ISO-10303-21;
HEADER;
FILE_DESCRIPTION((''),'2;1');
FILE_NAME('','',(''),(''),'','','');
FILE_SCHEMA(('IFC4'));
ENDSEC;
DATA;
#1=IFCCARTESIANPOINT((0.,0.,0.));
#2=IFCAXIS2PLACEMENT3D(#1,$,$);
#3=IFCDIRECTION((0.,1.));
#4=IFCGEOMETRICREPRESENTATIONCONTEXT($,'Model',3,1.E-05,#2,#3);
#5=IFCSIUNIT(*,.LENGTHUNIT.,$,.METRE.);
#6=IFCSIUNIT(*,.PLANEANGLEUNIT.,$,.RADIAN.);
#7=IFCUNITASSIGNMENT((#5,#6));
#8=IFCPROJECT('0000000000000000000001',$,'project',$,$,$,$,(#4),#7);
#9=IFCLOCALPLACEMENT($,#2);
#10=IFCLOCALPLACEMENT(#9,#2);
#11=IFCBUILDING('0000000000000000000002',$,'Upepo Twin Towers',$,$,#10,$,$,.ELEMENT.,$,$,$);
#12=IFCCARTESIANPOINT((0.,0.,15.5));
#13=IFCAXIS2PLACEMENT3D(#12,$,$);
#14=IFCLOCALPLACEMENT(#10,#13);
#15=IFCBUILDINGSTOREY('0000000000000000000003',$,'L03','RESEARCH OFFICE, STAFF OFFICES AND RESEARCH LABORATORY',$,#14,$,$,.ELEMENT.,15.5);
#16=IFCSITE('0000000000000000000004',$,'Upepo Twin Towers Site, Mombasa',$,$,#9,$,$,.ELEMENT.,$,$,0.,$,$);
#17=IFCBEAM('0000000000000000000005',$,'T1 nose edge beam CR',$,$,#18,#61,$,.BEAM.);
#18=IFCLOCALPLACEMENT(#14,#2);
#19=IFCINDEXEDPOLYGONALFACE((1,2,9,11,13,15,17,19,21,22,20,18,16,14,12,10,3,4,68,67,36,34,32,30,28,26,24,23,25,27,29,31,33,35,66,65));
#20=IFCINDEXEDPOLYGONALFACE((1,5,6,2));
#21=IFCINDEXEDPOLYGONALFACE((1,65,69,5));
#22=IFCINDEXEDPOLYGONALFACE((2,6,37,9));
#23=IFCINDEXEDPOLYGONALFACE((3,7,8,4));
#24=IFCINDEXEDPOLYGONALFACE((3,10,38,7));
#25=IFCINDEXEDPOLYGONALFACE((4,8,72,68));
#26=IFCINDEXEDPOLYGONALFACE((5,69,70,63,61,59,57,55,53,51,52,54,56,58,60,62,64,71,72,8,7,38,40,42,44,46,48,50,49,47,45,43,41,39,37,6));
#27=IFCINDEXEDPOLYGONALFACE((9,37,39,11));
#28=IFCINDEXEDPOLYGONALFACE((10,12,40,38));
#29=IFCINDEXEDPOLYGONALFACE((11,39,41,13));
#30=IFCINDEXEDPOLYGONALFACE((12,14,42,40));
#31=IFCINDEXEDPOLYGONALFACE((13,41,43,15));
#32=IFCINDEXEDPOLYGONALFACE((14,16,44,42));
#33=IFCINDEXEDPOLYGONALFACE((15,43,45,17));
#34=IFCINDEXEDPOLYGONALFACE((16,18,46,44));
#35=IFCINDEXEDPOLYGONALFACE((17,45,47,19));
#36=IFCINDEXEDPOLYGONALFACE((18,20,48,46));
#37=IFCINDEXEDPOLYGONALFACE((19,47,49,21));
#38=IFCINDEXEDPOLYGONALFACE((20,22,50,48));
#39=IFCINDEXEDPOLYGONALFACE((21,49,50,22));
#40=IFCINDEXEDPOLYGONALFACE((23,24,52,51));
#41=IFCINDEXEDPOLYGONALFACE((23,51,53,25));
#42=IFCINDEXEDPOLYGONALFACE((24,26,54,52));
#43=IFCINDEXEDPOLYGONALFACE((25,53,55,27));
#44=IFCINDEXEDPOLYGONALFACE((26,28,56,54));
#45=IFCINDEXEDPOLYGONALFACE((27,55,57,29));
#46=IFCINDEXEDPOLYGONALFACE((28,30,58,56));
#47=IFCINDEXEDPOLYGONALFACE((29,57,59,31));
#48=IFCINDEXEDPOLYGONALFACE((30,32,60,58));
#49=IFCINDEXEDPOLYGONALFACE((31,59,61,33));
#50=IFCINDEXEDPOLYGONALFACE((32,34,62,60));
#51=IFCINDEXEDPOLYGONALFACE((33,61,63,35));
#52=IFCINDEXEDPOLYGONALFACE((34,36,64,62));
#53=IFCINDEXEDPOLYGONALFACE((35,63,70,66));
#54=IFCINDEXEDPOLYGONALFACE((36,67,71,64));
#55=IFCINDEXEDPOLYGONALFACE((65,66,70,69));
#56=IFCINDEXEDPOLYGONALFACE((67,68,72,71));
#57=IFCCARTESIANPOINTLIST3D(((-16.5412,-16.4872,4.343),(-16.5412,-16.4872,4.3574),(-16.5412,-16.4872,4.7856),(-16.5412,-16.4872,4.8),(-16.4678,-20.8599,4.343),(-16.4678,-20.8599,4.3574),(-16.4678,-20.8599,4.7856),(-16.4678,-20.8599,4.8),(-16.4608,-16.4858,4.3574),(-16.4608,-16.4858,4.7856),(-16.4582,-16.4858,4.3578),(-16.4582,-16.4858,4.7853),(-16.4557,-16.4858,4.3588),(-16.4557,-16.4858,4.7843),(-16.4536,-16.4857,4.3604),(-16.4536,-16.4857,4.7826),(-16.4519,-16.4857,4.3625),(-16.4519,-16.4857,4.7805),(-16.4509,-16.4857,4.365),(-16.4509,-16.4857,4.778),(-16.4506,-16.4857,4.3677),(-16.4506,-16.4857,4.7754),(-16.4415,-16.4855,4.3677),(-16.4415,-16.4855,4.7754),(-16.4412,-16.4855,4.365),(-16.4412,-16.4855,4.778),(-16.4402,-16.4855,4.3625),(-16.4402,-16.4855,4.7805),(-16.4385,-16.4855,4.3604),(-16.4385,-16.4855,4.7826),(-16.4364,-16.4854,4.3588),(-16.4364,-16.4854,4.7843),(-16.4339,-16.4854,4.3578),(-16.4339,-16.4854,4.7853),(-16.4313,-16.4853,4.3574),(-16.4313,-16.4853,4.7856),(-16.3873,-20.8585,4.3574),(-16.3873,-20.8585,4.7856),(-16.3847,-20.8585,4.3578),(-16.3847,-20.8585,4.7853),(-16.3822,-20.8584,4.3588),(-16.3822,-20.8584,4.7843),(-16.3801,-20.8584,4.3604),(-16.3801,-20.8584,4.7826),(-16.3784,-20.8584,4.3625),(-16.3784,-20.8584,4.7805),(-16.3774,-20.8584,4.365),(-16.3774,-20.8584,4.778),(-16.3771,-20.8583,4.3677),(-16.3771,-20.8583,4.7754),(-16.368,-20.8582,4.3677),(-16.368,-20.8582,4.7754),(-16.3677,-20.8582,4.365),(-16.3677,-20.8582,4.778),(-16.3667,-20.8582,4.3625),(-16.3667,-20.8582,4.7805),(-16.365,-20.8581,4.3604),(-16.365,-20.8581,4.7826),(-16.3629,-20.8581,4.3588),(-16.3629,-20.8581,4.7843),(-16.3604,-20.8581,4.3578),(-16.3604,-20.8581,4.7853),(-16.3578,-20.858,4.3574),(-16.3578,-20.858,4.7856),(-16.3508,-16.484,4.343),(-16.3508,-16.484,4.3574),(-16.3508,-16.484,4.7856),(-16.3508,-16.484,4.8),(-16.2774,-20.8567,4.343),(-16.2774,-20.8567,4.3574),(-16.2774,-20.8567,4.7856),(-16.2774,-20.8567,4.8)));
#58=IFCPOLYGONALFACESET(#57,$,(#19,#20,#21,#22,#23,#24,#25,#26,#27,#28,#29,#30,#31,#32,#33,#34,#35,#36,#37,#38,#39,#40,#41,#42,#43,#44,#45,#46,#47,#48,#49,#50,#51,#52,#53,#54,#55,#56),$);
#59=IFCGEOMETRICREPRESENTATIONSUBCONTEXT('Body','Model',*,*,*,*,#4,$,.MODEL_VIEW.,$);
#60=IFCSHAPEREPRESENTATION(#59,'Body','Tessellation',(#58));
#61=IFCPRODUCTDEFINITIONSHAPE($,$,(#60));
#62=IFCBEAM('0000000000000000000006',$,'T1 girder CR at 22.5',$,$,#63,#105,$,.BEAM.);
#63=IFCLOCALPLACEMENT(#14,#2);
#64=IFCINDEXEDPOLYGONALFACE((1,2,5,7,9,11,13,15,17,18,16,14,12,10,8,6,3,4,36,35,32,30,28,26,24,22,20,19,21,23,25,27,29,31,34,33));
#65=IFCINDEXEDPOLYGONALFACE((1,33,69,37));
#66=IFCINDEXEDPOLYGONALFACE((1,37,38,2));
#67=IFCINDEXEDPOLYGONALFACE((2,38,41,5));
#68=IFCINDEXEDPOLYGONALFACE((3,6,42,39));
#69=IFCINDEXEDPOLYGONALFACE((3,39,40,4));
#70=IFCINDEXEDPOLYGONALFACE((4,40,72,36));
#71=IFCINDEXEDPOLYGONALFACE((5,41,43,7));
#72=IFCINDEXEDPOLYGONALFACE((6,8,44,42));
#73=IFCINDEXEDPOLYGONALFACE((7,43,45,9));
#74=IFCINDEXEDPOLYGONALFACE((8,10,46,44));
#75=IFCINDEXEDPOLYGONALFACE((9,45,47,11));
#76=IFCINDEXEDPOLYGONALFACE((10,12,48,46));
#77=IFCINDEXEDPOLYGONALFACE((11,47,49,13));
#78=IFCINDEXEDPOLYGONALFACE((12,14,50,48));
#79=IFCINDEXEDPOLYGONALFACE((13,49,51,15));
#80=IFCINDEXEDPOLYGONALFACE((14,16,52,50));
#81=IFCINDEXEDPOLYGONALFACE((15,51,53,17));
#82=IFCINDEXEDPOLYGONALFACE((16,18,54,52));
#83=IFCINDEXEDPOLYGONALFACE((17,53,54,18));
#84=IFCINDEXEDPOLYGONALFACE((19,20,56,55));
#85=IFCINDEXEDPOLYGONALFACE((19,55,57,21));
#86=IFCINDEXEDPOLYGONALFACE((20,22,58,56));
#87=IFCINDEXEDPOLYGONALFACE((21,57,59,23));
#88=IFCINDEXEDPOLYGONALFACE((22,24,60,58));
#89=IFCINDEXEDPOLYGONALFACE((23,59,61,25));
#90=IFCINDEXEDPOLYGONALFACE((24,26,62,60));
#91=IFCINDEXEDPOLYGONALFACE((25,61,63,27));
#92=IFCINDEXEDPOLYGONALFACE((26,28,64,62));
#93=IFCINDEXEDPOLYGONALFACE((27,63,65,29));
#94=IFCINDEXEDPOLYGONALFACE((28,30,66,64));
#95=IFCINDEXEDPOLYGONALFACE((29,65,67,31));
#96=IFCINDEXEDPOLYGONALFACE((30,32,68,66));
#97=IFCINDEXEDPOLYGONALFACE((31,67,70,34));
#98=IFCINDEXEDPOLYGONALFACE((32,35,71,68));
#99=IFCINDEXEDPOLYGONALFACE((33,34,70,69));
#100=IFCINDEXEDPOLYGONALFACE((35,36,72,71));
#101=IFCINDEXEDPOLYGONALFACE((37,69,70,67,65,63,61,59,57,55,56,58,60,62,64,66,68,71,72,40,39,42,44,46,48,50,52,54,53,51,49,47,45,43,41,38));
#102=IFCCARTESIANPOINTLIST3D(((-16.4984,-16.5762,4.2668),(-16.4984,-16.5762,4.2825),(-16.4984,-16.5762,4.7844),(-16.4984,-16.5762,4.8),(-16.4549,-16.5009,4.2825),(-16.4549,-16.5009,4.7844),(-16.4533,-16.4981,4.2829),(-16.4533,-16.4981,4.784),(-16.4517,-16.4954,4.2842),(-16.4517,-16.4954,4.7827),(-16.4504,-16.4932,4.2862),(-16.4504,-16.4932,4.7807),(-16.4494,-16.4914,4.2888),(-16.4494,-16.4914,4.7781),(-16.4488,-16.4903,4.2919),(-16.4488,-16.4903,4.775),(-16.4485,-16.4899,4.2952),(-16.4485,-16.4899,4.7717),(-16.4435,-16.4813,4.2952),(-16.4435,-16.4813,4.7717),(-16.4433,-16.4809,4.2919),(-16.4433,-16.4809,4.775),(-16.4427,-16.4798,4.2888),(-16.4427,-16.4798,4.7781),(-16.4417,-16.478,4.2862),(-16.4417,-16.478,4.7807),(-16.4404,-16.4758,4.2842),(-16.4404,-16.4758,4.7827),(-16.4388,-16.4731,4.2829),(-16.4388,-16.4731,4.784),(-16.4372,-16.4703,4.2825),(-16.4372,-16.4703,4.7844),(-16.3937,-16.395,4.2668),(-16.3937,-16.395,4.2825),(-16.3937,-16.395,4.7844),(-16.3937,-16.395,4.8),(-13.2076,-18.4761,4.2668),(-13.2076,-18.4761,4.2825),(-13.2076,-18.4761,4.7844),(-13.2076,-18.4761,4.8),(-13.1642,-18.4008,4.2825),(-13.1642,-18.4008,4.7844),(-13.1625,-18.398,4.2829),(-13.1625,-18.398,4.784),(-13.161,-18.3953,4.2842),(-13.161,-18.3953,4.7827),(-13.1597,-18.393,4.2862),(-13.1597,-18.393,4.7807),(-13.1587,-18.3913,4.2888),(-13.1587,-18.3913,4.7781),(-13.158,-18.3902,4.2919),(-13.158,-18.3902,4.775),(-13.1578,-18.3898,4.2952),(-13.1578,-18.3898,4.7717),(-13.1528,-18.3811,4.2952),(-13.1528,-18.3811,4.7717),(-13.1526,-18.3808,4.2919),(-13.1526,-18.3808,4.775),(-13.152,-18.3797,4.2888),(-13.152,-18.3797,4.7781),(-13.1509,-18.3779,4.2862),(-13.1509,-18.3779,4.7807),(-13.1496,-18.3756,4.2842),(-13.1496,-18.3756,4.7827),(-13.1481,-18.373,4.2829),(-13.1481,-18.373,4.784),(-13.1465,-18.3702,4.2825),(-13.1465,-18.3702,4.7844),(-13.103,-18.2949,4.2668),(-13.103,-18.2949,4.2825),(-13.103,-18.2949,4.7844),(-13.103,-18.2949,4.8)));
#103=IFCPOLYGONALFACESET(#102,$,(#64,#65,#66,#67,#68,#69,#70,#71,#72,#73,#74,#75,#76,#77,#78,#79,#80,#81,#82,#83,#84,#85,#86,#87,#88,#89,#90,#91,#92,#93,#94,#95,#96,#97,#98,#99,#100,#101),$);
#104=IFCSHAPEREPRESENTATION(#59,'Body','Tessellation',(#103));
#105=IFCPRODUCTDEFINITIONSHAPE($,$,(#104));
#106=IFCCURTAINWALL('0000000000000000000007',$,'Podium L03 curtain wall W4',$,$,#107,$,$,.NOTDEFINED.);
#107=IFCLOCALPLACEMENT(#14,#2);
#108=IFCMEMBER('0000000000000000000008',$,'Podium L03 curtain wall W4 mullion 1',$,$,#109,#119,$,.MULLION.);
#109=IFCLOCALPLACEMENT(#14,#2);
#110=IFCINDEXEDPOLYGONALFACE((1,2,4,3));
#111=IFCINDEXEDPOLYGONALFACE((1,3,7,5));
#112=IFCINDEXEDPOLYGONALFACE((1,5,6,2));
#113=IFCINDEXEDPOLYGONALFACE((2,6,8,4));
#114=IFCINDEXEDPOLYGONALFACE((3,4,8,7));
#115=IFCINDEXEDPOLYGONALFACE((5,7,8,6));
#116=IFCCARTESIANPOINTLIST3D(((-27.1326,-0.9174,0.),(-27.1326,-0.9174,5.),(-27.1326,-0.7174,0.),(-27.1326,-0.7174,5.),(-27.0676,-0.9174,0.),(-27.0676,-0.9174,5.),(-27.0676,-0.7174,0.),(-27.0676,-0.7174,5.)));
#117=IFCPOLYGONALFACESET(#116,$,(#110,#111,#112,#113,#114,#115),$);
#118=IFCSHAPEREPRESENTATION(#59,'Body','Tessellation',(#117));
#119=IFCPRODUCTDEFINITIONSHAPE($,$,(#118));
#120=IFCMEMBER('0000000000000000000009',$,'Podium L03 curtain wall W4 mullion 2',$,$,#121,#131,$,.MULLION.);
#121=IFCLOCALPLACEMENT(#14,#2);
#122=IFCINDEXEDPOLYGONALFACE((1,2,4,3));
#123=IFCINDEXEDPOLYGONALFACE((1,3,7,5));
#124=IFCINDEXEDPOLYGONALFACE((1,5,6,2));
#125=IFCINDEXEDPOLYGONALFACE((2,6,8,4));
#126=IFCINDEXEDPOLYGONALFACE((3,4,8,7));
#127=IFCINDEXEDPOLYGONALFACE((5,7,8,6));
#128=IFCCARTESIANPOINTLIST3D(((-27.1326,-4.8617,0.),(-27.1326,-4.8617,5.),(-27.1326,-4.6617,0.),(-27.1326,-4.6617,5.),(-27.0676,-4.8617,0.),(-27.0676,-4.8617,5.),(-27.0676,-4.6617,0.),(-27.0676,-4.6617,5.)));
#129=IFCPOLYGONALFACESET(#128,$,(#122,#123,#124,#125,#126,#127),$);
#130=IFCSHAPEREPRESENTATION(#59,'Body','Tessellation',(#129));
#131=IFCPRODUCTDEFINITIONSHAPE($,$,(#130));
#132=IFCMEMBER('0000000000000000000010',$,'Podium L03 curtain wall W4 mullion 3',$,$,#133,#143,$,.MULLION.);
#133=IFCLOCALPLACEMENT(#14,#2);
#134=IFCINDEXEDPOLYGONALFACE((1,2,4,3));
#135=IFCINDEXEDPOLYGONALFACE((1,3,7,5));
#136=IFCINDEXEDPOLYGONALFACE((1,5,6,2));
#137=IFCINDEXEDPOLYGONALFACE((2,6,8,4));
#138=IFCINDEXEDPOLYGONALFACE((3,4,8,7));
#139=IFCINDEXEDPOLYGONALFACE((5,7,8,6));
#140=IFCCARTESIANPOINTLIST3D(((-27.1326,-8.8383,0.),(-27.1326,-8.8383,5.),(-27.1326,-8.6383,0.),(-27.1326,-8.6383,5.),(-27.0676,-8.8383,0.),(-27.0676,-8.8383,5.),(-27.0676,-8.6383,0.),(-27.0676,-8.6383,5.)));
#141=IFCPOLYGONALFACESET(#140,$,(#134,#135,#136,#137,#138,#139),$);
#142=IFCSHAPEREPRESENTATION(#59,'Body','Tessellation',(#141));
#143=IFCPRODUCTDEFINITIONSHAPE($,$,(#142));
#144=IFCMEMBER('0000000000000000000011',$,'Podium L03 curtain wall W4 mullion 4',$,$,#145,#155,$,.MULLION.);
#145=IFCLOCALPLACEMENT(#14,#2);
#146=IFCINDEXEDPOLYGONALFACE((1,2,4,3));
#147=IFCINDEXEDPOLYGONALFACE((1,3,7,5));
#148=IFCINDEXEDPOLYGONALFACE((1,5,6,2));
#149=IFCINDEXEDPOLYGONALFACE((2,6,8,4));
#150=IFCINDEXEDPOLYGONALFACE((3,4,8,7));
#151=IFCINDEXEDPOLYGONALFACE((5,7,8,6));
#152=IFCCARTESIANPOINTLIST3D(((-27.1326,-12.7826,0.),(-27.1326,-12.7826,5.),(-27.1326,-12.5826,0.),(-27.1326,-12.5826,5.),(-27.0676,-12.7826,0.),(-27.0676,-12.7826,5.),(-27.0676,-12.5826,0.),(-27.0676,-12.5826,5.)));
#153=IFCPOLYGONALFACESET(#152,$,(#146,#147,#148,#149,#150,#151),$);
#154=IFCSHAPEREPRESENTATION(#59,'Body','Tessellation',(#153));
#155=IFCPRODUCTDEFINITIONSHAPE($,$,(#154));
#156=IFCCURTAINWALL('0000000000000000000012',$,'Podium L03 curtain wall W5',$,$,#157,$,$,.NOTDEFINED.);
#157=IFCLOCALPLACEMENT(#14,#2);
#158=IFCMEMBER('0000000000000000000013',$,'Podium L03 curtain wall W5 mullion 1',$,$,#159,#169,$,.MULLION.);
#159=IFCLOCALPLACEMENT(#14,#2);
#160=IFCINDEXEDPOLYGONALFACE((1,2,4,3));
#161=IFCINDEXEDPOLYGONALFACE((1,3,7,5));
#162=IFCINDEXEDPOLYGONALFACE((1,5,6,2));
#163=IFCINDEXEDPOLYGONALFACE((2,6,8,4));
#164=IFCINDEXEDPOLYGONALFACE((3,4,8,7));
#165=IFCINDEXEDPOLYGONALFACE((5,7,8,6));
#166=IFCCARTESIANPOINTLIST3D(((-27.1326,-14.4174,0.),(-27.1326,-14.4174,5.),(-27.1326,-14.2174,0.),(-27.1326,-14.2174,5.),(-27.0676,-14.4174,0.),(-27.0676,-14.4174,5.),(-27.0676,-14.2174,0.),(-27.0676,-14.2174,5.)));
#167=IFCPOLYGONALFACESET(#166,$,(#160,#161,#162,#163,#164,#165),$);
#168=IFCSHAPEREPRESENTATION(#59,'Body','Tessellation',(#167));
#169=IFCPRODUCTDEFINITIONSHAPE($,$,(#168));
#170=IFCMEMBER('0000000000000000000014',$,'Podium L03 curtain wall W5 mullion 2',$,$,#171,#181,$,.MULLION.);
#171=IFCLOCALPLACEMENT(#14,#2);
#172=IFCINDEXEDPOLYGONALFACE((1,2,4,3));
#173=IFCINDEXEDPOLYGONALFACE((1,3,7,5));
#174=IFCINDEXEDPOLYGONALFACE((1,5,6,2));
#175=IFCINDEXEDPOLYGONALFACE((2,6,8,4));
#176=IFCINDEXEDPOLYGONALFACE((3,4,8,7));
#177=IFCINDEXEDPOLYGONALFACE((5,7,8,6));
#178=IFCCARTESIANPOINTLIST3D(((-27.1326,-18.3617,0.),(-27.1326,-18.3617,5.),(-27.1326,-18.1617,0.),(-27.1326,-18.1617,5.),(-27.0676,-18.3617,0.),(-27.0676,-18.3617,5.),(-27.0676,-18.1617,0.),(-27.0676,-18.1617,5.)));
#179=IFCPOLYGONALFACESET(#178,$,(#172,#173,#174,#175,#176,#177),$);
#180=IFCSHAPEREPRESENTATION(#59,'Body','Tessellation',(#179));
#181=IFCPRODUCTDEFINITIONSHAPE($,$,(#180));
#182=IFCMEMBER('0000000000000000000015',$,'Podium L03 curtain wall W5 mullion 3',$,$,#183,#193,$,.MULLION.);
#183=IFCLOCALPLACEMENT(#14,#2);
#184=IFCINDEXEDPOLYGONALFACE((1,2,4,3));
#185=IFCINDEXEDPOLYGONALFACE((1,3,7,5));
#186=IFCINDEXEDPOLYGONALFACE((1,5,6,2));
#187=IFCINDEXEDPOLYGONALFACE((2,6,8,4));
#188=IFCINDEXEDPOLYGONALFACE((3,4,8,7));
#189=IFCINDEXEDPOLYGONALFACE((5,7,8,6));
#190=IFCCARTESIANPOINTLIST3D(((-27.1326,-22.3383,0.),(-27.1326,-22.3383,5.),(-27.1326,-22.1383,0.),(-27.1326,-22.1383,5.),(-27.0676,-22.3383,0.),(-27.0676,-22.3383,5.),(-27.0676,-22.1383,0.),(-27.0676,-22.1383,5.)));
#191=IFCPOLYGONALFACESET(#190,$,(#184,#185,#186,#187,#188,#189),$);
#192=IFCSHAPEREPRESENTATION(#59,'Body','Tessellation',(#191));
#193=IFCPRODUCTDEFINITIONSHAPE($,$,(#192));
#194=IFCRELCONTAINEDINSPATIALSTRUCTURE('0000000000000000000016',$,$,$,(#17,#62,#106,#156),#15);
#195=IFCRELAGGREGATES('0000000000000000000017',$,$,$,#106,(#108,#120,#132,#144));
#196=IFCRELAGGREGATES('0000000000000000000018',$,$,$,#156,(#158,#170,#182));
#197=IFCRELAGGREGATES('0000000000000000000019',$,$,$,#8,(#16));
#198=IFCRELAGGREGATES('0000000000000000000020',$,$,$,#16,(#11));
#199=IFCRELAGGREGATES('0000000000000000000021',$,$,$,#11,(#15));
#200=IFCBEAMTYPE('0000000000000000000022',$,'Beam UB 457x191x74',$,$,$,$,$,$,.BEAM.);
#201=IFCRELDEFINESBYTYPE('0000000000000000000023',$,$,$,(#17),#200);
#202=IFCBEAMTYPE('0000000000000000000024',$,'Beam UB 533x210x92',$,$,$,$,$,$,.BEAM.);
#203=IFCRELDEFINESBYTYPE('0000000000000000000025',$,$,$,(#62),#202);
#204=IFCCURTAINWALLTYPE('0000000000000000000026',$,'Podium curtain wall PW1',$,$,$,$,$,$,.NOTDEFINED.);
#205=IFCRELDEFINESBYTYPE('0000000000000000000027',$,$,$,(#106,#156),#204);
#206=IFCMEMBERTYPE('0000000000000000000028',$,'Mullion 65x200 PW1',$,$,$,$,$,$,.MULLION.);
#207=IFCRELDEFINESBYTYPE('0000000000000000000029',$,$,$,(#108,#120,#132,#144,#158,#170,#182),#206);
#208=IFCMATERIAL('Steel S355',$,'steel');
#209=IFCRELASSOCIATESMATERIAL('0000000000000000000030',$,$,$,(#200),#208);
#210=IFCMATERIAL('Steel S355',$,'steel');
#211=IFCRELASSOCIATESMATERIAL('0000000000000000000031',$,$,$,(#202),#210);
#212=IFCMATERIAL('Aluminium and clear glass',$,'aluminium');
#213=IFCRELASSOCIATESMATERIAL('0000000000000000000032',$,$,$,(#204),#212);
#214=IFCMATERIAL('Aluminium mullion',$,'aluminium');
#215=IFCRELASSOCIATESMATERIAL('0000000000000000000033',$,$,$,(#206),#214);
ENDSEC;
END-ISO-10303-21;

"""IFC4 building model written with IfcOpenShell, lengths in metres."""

from ifc_helpers import new_model, si_unit, direction, frame, origin, origin_2d, place, context, subcontext, project, spatial, rectangle, i_section, extrude, material, material_profile, profile_set, type_object, element, aggregate, save


model = new_model("IFC4")

# Units and contexts
model_context = context("Model", 3, precision=1e-05, world=origin(), true_north=direction((0.0, 1.0)))
body_context = subcontext(model_context, "Body", "Model", "MODEL_VIEW")
ifc_project = project(units=[si_unit("LENGTHUNIT", "METRE"), si_unit("PLANEANGLEUNIT", "RADIAN")], contexts=[model_context])

# Site, building, storey
site_placement = place(None, origin())
site = spatial("IfcSite", under=ifc_project, at=site_placement, Name="Upepo Twin Towers Site, Mombasa", CompositionType="ELEMENT", RefElevation=0.0)
building_placement = place(site_placement, origin())
building = spatial("IfcBuilding", under=site, at=building_placement, Name="Upepo Twin Towers", CompositionType="ELEMENT")
storey_placement = place(building_placement, frame((0.0, 0.0, 15.5)))
storey = spatial("IfcBuildingStorey", under=building, at=storey_placement, Name="L03", Description="RESEARCH OFFICE, STAFF OFFICES AND RESEARCH LABORATORY", CompositionType="ELEMENT", Elevation=15.5)

# Beams
ifc_material_1 = material(Name="Steel S355", Category="steel")
ifc_material_profile_1 = material_profile(ifc_material_1, i_section(OverallWidth=0.1904, OverallDepth=0.457, WebThickness=0.009, FlangeThickness=0.0144, FilletRadius=0.0103, at=origin_2d()), Name="UB 457x191x74")
ifc_profile_set_1 = profile_set([ifc_material_profile_1], Name="Steel S355")
beam_type_1 = type_object("IfcBeamType", Name="Beam UB 457x191x74", PredefinedType="BEAM", material=ifc_profile_set_1)
beam_1_placement = place(storey_placement, frame((-16.446, -16.4856, 4.5715), z_axis=(0.016804, -0.999859, 0.0), x_axis=(0.999859, 0.016804, 0.0)))
element("IfcBeam", 1, at=beam_1_placement, inside=storey, type_object=beam_type_1, Name="T1 nose edge beam CR", PredefinedType="BEAM", context=body_context, shape_type="SweptSolid", body=[
    extrude(i_section(OverallWidth=0.1904, OverallDepth=0.457, WebThickness=0.009, FlangeThickness=0.0144, FilletRadius=0.0103, at=origin_2d()), origin(), (0.0, 0.0, 1.0), 4.3733),
])
ifc_material_2 = material(Name="Steel S355", Category="steel")
ifc_material_profile_2 = material_profile(ifc_material_2, i_section(OverallWidth=0.2092, OverallDepth=0.5332, WebThickness=0.01, FlangeThickness=0.0156, FilletRadius=0.0127, at=origin_2d()), Name="UB 533x210x92")
ifc_profile_set_2 = profile_set([ifc_material_profile_2], Name="Steel S355")
beam_type_2 = type_object("IfcBeamType", Name="Beam UB 533x210x92", PredefinedType="BEAM", material=ifc_profile_set_2)
beam_2_placement = place(storey_placement, frame((-16.446, -16.4856, 4.5334), z_axis=(0.866028, -0.499995, 0.0), x_axis=(0.499995, 0.866028, 0.0)))
element("IfcBeam", 2, at=beam_2_placement, inside=storey, type_object=beam_type_2, Name="T1 girder CR at 22.5", PredefinedType="BEAM", context=body_context, shape_type="SweptSolid", body=[
    extrude(i_section(OverallWidth=0.2092, OverallDepth=0.5332, WebThickness=0.01, FlangeThickness=0.0156, FilletRadius=0.0127, at=origin_2d()), origin(), (0.0, 0.0, 1.0), 3.7998),
])

# Curtain walls, members
ifc_material_3 = material(Name="Aluminium and clear glass", Category="aluminium")
curtain_wall_type = type_object("IfcCurtainWallType", Name="Podium curtain wall PW1", PredefinedType="NOTDEFINED", material=ifc_material_3)
curtain_wall_1_placement = place(storey_placement, origin())
curtain_wall_1 = element("IfcCurtainWall", 3, at=curtain_wall_1_placement, inside=storey, type_object=curtain_wall_type, Name="Podium L03 curtain wall W4", PredefinedType="NOTDEFINED")
ifc_material_4 = material(Name="Aluminium mullion", Category="aluminium")
ifc_material_profile_3 = material_profile(ifc_material_4, rectangle(XDim=0.0649, YDim=0.2, at=origin_2d()), Name="MULLION 65x200 PODIUM")
ifc_profile_set_3 = profile_set([ifc_material_profile_3], Name="Aluminium mullion")
member_type_1 = type_object("IfcMemberType", Name="Mullion 65x200 PW1", PredefinedType="MULLION", material=ifc_profile_set_3)
member_1_placement = place(storey_placement, frame((-27.1001, -0.8174, 0.0), z_axis=(0.0, 0.0, 1.0), x_axis=(1.0, 0.0, 0.0)))
member_1 = element("IfcMember", 4, at=member_1_placement, type_object=member_type_1, Name="Podium L03 curtain wall W4 mullion 1", PredefinedType="MULLION", context=body_context, shape_type="SweptSolid", body=[
    extrude(rectangle(XDim=0.0649, YDim=0.2, at=origin_2d()), origin(), (0.0, 0.0, 1.0), 5.0),
])
member_2_placement = place(storey_placement, frame((-27.1001, -4.7617, 0.0), z_axis=(0.0, 0.0, 1.0), x_axis=(1.0, 0.0, 0.0)))
member_2 = element("IfcMember", 5, at=member_2_placement, type_object=member_type_1, Name="Podium L03 curtain wall W4 mullion 2", PredefinedType="MULLION", context=body_context, shape_type="SweptSolid", body=[
    extrude(rectangle(XDim=0.0649, YDim=0.2, at=origin_2d()), origin(), (0.0, 0.0, 1.0), 5.0),
])
member_3_placement = place(storey_placement, frame((-27.1001, -8.7383, 0.0), z_axis=(0.0, 0.0, 1.0), x_axis=(1.0, 0.0, 0.0)))
member_3 = element("IfcMember", 6, at=member_3_placement, type_object=member_type_1, Name="Podium L03 curtain wall W4 mullion 3", PredefinedType="MULLION", context=body_context, shape_type="SweptSolid", body=[
    extrude(rectangle(XDim=0.0649, YDim=0.2, at=origin_2d()), origin(), (0.0, 0.0, 1.0), 5.0),
])
member_4_placement = place(storey_placement, frame((-27.1001, -12.6826, 0.0), z_axis=(0.0, 0.0, 1.0), x_axis=(1.0, 0.0, 0.0)))
member_4 = element("IfcMember", 7, at=member_4_placement, type_object=member_type_1, Name="Podium L03 curtain wall W4 mullion 4", PredefinedType="MULLION", context=body_context, shape_type="SweptSolid", body=[
    extrude(rectangle(XDim=0.0649, YDim=0.2, at=origin_2d()), origin(), (0.0, 0.0, 1.0), 5.0),
])
curtain_wall_2_placement = place(storey_placement, origin())
curtain_wall_2 = element("IfcCurtainWall", 8, at=curtain_wall_2_placement, inside=storey, type_object=curtain_wall_type, Name="Podium L03 curtain wall W5", PredefinedType="NOTDEFINED")
member_5_placement = place(storey_placement, frame((-27.1001, -14.3174, 0.0), z_axis=(0.0, 0.0, 1.0), x_axis=(1.0, 0.0, 0.0)))
member_5 = element("IfcMember", 9, at=member_5_placement, type_object=member_type_1, Name="Podium L03 curtain wall W5 mullion 1", PredefinedType="MULLION", context=body_context, shape_type="SweptSolid", body=[
    extrude(rectangle(XDim=0.0649, YDim=0.2, at=origin_2d()), origin(), (0.0, 0.0, 1.0), 5.0),
])
member_6_placement = place(storey_placement, frame((-27.1001, -18.2617, 0.0), z_axis=(0.0, 0.0, 1.0), x_axis=(1.0, 0.0, 0.0)))
member_6 = element("IfcMember", 10, at=member_6_placement, type_object=member_type_1, Name="Podium L03 curtain wall W5 mullion 2", PredefinedType="MULLION", context=body_context, shape_type="SweptSolid", body=[
    extrude(rectangle(XDim=0.0649, YDim=0.2, at=origin_2d()), origin(), (0.0, 0.0, 1.0), 5.0),
])
member_7_placement = place(storey_placement, frame((-27.1001, -22.2383, 0.0), z_axis=(0.0, 0.0, 1.0), x_axis=(1.0, 0.0, 0.0)))
member_7 = element("IfcMember", 11, at=member_7_placement, type_object=member_type_1, Name="Podium L03 curtain wall W5 mullion 3", PredefinedType="MULLION", context=body_context, shape_type="SweptSolid", body=[
    extrude(rectangle(XDim=0.0649, YDim=0.2, at=origin_2d()), origin(), (0.0, 0.0, 1.0), 5.0),
])

aggregate(curtain_wall_1, [member_1, member_2, member_3, member_4])
aggregate(curtain_wall_2, [member_5, member_6, member_7])

save(model, "model.ifc")
